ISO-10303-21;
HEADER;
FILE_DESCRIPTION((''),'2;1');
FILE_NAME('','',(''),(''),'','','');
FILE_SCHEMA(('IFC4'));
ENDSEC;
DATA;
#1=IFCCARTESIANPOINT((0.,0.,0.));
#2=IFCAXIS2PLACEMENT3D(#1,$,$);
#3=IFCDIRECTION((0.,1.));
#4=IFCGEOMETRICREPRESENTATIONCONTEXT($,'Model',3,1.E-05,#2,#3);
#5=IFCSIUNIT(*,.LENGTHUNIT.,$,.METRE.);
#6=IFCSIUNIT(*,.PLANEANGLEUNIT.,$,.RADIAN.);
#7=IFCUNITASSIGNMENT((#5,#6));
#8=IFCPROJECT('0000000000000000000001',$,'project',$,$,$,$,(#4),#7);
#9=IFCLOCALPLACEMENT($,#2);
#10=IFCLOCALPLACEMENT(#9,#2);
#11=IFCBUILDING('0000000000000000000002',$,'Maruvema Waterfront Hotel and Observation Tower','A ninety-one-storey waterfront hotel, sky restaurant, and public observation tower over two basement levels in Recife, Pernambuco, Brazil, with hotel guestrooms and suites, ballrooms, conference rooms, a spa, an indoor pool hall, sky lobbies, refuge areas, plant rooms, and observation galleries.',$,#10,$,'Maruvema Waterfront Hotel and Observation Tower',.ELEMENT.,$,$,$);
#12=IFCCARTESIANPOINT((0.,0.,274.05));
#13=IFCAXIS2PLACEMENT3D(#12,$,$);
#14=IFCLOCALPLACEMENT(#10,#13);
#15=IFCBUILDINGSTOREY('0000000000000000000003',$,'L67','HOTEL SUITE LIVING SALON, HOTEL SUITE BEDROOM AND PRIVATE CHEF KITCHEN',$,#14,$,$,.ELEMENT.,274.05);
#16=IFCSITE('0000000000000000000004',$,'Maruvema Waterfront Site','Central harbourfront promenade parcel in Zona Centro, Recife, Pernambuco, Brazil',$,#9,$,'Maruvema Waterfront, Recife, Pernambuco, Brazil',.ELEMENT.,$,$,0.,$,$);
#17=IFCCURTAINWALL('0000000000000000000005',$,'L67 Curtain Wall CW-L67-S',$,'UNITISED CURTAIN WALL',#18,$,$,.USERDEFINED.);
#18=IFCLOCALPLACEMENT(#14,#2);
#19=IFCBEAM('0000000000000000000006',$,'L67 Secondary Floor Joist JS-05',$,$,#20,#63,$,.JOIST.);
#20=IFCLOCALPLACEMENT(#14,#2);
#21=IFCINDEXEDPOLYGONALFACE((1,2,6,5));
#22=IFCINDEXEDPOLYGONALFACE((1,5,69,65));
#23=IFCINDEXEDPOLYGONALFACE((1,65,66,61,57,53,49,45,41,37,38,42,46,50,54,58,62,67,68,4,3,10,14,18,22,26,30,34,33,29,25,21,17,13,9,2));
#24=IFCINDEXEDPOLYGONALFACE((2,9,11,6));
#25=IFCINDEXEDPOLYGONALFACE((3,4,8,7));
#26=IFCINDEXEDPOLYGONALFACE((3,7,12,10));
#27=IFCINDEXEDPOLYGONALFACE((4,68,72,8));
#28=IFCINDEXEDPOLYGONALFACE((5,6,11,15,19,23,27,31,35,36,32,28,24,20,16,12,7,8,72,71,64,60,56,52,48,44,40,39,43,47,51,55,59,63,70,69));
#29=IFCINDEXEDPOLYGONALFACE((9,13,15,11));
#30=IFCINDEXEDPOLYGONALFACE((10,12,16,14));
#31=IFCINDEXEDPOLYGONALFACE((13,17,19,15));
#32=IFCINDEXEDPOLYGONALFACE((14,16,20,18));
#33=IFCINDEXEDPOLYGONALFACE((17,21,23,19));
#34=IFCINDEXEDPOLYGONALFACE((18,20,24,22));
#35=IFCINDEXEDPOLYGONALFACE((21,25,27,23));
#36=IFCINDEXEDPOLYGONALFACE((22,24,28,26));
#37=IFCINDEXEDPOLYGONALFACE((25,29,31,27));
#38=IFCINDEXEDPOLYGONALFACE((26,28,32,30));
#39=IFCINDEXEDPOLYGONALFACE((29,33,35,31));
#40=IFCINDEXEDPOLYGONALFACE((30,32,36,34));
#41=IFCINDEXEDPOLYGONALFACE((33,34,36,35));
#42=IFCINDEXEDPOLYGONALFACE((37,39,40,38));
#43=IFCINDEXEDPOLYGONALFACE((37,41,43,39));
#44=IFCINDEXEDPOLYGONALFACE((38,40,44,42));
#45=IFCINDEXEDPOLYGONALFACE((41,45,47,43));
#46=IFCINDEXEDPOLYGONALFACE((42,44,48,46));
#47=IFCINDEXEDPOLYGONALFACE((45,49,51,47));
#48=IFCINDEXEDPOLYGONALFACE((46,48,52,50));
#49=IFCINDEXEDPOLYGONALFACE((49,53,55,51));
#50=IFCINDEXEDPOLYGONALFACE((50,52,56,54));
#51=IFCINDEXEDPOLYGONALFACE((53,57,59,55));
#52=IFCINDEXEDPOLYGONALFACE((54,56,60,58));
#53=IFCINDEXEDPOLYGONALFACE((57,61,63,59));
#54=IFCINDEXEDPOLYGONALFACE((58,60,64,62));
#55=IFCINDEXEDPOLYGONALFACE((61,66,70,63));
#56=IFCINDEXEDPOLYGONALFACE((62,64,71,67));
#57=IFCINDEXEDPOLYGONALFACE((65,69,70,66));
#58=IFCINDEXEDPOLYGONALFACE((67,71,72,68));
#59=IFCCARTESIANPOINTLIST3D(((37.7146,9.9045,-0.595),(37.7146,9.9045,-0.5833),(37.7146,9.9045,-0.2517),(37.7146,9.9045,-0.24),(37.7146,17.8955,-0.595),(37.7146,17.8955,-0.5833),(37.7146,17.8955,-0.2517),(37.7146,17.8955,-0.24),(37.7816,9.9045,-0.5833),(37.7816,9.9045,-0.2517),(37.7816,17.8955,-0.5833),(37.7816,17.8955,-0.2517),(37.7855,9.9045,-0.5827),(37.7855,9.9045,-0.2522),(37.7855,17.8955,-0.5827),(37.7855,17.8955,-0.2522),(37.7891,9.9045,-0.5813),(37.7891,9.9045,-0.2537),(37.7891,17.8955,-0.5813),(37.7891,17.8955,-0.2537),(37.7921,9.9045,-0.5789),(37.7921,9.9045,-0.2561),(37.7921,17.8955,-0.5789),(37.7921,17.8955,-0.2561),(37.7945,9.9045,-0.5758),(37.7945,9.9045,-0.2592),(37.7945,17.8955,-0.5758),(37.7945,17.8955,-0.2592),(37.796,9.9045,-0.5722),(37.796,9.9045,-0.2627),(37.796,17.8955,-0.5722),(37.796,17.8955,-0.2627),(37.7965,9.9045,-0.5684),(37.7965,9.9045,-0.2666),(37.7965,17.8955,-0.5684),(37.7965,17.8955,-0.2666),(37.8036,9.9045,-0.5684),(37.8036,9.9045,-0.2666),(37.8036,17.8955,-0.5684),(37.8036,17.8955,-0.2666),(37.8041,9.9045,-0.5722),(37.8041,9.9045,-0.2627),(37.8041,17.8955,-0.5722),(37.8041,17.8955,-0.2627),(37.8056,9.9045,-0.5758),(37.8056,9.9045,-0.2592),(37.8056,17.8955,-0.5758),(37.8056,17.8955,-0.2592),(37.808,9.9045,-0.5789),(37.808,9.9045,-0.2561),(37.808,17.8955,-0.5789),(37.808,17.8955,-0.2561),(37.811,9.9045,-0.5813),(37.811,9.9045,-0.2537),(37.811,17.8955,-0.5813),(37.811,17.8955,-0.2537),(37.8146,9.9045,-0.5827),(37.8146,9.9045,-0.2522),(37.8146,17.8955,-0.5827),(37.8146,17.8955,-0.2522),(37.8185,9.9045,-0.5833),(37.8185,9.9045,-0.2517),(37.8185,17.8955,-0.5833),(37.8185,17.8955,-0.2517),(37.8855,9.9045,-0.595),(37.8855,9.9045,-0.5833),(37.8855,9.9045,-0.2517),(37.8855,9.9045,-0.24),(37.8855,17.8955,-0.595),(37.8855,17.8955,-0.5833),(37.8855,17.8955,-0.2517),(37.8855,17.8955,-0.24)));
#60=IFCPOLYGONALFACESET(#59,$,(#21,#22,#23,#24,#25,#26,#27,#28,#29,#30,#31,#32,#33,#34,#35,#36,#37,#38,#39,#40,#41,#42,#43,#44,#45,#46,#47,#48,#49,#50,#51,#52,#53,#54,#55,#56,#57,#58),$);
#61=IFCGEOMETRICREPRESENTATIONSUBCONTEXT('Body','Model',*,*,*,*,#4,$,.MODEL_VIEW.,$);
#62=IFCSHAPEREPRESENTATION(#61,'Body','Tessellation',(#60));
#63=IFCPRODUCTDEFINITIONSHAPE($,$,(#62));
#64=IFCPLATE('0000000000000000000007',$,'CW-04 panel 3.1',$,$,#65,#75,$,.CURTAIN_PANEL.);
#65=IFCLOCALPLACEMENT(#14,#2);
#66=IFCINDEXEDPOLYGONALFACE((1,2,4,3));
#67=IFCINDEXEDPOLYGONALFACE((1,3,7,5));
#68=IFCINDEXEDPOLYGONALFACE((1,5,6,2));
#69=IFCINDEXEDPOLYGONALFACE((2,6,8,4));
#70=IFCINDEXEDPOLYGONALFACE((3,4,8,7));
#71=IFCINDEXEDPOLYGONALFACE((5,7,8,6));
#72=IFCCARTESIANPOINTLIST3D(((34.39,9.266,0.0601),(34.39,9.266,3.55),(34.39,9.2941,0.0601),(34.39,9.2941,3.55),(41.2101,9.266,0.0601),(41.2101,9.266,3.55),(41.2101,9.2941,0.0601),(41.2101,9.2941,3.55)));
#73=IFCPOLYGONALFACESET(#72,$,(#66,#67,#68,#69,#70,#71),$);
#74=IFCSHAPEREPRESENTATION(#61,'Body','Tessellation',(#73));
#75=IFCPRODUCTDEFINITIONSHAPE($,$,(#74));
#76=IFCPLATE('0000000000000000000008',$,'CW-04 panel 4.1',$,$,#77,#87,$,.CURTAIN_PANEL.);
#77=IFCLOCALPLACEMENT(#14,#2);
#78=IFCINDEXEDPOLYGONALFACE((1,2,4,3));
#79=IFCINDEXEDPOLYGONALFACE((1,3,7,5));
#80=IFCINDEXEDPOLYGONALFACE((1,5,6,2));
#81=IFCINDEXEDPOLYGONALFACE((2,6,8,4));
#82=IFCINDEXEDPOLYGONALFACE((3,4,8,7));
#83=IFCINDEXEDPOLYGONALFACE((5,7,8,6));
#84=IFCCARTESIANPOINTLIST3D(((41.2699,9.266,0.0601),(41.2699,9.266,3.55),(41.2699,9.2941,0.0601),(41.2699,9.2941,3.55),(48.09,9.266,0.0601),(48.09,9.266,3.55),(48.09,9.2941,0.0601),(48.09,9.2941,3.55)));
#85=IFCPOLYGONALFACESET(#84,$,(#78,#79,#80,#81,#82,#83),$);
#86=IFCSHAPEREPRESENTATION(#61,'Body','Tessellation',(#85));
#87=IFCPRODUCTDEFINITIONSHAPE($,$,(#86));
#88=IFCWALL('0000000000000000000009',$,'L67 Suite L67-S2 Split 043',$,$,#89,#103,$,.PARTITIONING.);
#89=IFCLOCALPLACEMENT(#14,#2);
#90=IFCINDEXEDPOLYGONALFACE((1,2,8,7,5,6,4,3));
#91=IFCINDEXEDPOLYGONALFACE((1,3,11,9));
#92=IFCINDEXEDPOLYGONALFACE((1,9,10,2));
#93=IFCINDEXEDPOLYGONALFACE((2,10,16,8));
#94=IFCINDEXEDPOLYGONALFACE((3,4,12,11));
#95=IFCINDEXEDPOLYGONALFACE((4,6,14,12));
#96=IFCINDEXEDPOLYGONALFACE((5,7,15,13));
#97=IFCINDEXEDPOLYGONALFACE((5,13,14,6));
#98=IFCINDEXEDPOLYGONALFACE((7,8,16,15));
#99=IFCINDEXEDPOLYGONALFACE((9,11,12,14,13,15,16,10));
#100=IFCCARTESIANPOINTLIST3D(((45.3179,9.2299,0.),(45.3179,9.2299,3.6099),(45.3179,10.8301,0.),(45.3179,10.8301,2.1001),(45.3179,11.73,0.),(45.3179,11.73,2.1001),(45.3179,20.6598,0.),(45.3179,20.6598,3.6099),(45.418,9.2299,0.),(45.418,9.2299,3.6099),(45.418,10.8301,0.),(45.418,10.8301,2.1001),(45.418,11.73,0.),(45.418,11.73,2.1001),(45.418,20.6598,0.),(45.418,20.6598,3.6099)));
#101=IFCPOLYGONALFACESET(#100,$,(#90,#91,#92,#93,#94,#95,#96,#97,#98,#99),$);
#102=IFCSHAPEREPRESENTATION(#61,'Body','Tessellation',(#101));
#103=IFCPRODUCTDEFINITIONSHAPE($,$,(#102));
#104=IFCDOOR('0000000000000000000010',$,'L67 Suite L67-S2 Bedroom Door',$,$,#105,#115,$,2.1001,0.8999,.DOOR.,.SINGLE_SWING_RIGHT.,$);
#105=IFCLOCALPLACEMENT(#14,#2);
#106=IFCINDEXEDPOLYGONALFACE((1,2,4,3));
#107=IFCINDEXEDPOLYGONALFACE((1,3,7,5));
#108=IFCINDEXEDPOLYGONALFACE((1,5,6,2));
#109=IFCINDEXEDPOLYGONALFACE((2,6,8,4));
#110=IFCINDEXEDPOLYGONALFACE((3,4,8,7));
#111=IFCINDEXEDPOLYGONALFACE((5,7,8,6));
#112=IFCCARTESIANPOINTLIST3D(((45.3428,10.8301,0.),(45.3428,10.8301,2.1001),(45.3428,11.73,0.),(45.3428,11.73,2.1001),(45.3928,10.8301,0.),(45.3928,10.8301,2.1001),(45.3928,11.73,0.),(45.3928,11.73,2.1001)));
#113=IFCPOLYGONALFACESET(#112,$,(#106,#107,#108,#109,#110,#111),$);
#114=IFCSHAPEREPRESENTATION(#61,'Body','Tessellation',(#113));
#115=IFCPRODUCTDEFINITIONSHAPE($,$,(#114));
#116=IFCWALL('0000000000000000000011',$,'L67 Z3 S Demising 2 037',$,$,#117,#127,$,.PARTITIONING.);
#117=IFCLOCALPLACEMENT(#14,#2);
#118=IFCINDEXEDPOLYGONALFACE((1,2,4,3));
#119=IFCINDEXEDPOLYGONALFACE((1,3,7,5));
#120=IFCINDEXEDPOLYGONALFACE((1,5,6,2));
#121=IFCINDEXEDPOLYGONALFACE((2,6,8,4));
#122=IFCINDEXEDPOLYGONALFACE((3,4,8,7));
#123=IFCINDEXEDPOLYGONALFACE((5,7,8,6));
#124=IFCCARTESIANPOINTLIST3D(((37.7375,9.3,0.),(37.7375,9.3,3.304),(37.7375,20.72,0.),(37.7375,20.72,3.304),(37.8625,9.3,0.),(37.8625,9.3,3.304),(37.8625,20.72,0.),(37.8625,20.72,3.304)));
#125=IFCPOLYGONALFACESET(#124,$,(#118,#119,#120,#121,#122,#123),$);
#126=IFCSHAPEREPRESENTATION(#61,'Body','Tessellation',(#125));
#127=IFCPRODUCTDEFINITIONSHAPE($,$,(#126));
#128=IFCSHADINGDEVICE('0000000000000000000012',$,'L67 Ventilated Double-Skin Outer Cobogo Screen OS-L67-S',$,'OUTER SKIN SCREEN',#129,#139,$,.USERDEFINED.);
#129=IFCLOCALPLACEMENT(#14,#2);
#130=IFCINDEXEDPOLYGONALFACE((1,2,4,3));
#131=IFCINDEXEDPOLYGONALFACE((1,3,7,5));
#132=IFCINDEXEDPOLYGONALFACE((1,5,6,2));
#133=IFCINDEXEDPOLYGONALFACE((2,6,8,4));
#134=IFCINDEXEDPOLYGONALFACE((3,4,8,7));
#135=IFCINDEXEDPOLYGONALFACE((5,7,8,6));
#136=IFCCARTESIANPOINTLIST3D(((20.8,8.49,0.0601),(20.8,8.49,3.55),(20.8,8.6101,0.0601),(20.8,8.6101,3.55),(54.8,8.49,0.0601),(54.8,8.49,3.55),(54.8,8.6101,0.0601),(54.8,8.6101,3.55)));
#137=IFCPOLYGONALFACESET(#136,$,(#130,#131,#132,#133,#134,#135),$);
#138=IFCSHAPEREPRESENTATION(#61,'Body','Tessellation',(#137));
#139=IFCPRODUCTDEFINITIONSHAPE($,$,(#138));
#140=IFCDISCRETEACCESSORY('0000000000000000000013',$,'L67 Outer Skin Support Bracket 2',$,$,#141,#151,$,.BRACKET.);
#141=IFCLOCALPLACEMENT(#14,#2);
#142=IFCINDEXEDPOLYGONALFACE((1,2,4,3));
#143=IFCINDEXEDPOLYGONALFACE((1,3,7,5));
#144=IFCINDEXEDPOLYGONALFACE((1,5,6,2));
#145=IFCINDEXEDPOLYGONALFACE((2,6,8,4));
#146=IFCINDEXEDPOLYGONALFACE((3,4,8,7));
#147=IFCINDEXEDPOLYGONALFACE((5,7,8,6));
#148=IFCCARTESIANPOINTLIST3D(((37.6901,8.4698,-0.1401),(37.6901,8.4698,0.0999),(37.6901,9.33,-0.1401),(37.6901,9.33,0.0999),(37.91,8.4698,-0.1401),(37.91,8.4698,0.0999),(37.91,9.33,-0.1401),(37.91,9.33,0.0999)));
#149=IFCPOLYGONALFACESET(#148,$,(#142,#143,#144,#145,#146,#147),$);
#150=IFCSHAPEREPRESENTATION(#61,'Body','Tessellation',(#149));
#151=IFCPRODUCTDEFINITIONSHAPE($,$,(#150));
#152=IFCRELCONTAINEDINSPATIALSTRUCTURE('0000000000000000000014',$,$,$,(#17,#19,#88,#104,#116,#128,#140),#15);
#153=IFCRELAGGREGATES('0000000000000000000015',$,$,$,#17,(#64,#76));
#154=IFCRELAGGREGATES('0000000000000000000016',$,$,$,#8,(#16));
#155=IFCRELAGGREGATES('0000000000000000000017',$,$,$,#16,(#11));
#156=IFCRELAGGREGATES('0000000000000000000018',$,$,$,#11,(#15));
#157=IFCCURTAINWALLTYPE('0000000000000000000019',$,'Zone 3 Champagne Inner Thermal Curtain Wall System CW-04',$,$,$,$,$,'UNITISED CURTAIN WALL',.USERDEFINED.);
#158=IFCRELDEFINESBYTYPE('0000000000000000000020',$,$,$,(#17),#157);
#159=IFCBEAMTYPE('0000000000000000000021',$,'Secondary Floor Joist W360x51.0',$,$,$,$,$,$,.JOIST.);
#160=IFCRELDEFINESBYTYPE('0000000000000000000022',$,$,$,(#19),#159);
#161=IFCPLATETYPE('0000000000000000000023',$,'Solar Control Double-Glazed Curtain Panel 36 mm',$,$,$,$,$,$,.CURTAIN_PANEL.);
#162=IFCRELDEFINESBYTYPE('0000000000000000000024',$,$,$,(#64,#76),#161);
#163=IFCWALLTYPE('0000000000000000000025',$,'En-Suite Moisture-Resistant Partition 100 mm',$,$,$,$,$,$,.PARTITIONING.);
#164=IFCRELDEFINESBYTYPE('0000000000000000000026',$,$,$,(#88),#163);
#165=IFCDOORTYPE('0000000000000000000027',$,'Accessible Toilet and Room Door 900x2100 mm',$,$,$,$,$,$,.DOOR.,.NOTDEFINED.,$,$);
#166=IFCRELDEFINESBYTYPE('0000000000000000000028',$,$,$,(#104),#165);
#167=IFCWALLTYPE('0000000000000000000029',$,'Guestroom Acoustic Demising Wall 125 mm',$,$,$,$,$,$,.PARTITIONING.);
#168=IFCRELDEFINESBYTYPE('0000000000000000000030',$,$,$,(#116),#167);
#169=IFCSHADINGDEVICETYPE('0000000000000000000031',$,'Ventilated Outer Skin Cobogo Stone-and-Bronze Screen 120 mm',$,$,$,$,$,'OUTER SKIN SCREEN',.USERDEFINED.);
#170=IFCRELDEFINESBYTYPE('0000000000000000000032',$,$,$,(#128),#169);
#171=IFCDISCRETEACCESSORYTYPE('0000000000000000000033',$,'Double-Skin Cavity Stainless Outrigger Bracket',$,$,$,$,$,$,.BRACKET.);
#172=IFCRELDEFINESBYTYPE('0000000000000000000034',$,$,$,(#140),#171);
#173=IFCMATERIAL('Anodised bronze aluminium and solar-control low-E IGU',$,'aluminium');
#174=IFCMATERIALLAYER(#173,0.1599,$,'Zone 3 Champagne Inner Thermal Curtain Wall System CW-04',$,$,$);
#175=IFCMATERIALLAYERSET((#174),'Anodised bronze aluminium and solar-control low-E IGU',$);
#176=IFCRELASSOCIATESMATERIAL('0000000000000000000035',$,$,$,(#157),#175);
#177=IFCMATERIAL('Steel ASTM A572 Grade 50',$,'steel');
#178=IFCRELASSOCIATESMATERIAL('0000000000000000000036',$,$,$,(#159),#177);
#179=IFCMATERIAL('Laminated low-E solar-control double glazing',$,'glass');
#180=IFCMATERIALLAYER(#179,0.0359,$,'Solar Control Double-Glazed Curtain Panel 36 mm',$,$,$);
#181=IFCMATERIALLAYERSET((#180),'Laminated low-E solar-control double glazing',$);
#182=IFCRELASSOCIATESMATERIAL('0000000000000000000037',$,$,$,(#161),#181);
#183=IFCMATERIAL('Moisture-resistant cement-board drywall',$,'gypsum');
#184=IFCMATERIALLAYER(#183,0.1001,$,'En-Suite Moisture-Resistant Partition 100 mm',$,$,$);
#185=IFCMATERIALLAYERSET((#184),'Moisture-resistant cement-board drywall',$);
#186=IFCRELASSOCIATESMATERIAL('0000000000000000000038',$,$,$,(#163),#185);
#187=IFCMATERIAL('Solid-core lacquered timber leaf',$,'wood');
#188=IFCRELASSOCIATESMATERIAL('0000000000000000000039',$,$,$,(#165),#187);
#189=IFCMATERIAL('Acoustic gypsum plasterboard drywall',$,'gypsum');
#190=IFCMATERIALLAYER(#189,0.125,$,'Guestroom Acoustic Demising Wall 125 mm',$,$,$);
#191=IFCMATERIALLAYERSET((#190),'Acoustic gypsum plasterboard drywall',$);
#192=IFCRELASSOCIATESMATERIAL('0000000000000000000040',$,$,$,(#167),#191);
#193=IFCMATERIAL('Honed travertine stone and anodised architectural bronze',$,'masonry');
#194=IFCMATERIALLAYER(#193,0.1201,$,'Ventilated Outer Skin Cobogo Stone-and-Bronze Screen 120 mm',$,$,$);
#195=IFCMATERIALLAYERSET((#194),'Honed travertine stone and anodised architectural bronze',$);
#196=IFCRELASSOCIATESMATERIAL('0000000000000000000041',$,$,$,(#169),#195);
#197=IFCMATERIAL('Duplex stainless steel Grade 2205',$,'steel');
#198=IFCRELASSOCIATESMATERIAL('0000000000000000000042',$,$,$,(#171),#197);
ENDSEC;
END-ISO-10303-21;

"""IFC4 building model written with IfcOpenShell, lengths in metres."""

from ifc_helpers import new_model, si_unit, direction, frame, frame_2d, origin, origin_2d, place, context, subcontext, project, spatial, rectangle, i_section, extrude, material, layer, layer_set, material_profile, profile_set, type_object, element, fill, aggregate, save


model = new_model("IFC4")

# Units and contexts
model_context = context("Model", 3, precision=1e-05, world=origin(), true_north=direction((0.0, 1.0)))
body_context = subcontext(model_context, "Body", "Model", "MODEL_VIEW")
ifc_project = project(units=[si_unit("LENGTHUNIT", "METRE"), si_unit("PLANEANGLEUNIT", "RADIAN")], contexts=[model_context])

# Site, building, storey
site_placement = place(None, origin())
site = spatial("IfcSite", under=ifc_project, at=site_placement, Name="Maruvema Waterfront Site", Description="Central harbourfront promenade parcel in Zona Centro, Recife, Pernambuco, Brazil", LongName="Maruvema Waterfront, Recife, Pernambuco, Brazil", CompositionType="ELEMENT", RefElevation=0.0)
building_placement = place(site_placement, origin())
building = spatial("IfcBuilding", under=site, at=building_placement, Name="Maruvema Waterfront Hotel and Observation Tower", Description="A ninety-one-storey waterfront hotel, sky restaurant, and public observation tower over two basement levels in Recife, Pernambuco, Brazil, with hotel guestrooms and suites, ballrooms, conference rooms, a spa, an indoor pool hall, sky lobbies, refuge areas, plant rooms, and observation galleries.", LongName="Maruvema Waterfront Hotel and Observation Tower", CompositionType="ELEMENT")
storey_placement = place(building_placement, frame((0.0, 0.0, 274.05)))
storey = spatial("IfcBuildingStorey", under=building, at=storey_placement, Name="L67", Description="HOTEL SUITE LIVING SALON, HOTEL SUITE BEDROOM AND PRIVATE CHEF KITCHEN", CompositionType="ELEMENT", Elevation=274.05)

# Curtain wall
ifc_material_1 = material(Name="Anodised bronze aluminium and solar-control low-E IGU", Category="aluminium")
ifc_layer_1 = layer(ifc_material_1, 0.1599, Name="Zone 3 Champagne Inner Thermal Curtain Wall System CW-04")
ifc_layer_set_1 = layer_set([ifc_layer_1], Name="Anodised bronze aluminium and solar-control low-E IGU")
curtain_wall_type = type_object("IfcCurtainWallType", Name="Zone 3 Champagne Inner Thermal Curtain Wall System CW-04", ElementType="UNITISED CURTAIN WALL", PredefinedType="USERDEFINED", material=ifc_layer_set_1)
curtain_wall_placement = place(storey_placement, origin())
curtain_wall = element("IfcCurtainWall", 1, at=curtain_wall_placement, inside=storey, type_object=curtain_wall_type, Name="L67 Curtain Wall CW-L67-S", ObjectType="UNITISED CURTAIN WALL", PredefinedType="USERDEFINED")

# Beam
ifc_material_2 = material(Name="Steel ASTM A572 Grade 50", Category="steel")
ifc_material_profile_1 = material_profile(ifc_material_2, i_section(OverallWidth=0.1709, OverallDepth=0.355, WebThickness=0.0071, FlangeThickness=0.0117, FilletRadius=0.0149, at=origin_2d()), Name="W360x51.0")
ifc_profile_set_1 = profile_set([ifc_material_profile_1], Name="Steel ASTM A572 Grade 50")
beam_type_1 = type_object("IfcBeamType", Name="Secondary Floor Joist W360x51.0", PredefinedType="JOIST", material=ifc_profile_set_1)
beam_1_placement = place(storey_placement, frame((37.8, 9.9045, -0.4175), z_axis=(0.0, 1.0, 0.0), x_axis=(-1.0, 0.0, 0.0)))
element("IfcBeam", 2, at=beam_1_placement, inside=storey, type_object=beam_type_1, Name="L67 Secondary Floor Joist JS-05", PredefinedType="JOIST", context=body_context, shape_type="SweptSolid", body=[
    extrude(i_section(OverallWidth=0.1709, OverallDepth=0.355, WebThickness=0.0071, FlangeThickness=0.0117, FilletRadius=0.0149, at=origin_2d()), origin(), (0.0, 0.0, 1.0), 7.991),
])

# Plates
ifc_material_3 = material(Name="Laminated low-E solar-control double glazing", Category="glass")
ifc_layer_2 = layer(ifc_material_3, 0.0359, Name="Solar Control Double-Glazed Curtain Panel 36 mm")
ifc_layer_set_2 = layer_set([ifc_layer_2], Name="Laminated low-E solar-control double glazing")
plate_type = type_object("IfcPlateType", Name="Solar Control Double-Glazed Curtain Panel 36 mm", PredefinedType="CURTAIN_PANEL", material=ifc_layer_set_2)
plate_1_placement = place(storey_placement, frame((37.8, 9.28, 0.0601), z_axis=(0.0, 0.0, 1.0), x_axis=(1.0, 0.0, 0.0)))
plate_1 = element("IfcPlate", 3, at=plate_1_placement, type_object=plate_type, Name="CW-04 panel 3.1", PredefinedType="CURTAIN_PANEL", context=body_context, shape_type="SweptSolid", body=[
    extrude(rectangle(XDim=6.8201, YDim=0.0281, at=origin_2d()), origin(), (0.0, 0.0, 1.0), 3.49),
])
plate_2_placement = place(storey_placement, frame((44.6799, 9.28, 0.0601), z_axis=(0.0, 0.0, 1.0), x_axis=(1.0, 0.0, 0.0)))
plate_2 = element("IfcPlate", 4, at=plate_2_placement, type_object=plate_type, Name="CW-04 panel 4.1", PredefinedType="CURTAIN_PANEL", context=body_context, shape_type="SweptSolid", body=[
    extrude(rectangle(XDim=6.8201, YDim=0.0281, at=origin_2d()), origin(), (0.0, 0.0, 1.0), 3.49),
])
aggregate(curtain_wall, [plate_1, plate_2])

# Wall, opening, door
ifc_material_4 = material(Name="Moisture-resistant cement-board drywall", Category="gypsum")
ifc_layer_3 = layer(ifc_material_4, 0.1001, Name="En-Suite Moisture-Resistant Partition 100 mm")
ifc_layer_set_3 = layer_set([ifc_layer_3], Name="Moisture-resistant cement-board drywall")
wall_type_1 = type_object("IfcWallType", Name="En-Suite Moisture-Resistant Partition 100 mm", PredefinedType="PARTITIONING", material=ifc_layer_set_3)
wall_1_placement = place(storey_placement, frame((45.3679, 9.23, 0.0), z_axis=(0.0, 0.0, 1.0), x_axis=(0.0, 1.0, 0.0)))
wall_1 = element("IfcWall", 5, at=wall_1_placement, inside=storey, type_object=wall_type_1, Name="L67 Suite L67-S2 Split 043", PredefinedType="PARTITIONING", context=body_context, shape_type="SweptSolid", body=[
    extrude(rectangle(XDim=11.4299, YDim=0.1001, at=frame_2d((5.7148, 0.0))), origin(), (0.0, 0.0, 1.0), 3.6099),
])
opening_placement = place(wall_1_placement, frame((1.6001, 0.0, 0.0)))
opening = element("IfcOpeningElement", 6, at=opening_placement, cuts=wall_1, PredefinedType="OPENING", context=body_context, shape_type="SweptSolid", body=[
    extrude(rectangle(XDim=0.8999, YDim=2.1001, at=frame_2d((0.45, 1.05))), frame((0.0, 0.0601, 0.0), z_axis=(0.0, -1.0, 0.0), x_axis=(1.0, 0.0, 0.0)), (0.0, 0.0, 1.0), 0.1201),
])
ifc_material_5 = material(Name="Solid-core lacquered timber leaf", Category="wood")
door_type = type_object("IfcDoorType", Name="Accessible Toilet and Room Door 900x2100 mm", OperationType="NOTDEFINED", PredefinedType="DOOR", material=ifc_material_5)
door_placement = place(opening_placement, frame((0.8999, 0.0, 0.0), z_axis=(0.0, 0.0, 1.0), x_axis=(-1.0, 0.0, 0.0)))
door = element("IfcDoor", 7, at=door_placement, inside=storey, type_object=door_type, Name="L67 Suite L67-S2 Bedroom Door", OperationType="SINGLE_SWING_RIGHT", OverallHeight=2.1001, OverallWidth=0.8999, PredefinedType="DOOR", context=body_context, shape_type="SweptSolid", body=[
    extrude(rectangle(XDim=0.8999, YDim=2.1001, at=frame_2d((0.45, 1.05))), frame((0.0, 0.0249, 0.0), z_axis=(0.0, -1.0, 0.0), x_axis=(1.0, 0.0, 0.0)), (0.0, 0.0, 1.0), 0.05),
])
fill(opening, door)

# Wall
ifc_material_6 = material(Name="Acoustic gypsum plasterboard drywall", Category="gypsum")
ifc_layer_4 = layer(ifc_material_6, 0.125, Name="Guestroom Acoustic Demising Wall 125 mm")
ifc_layer_set_4 = layer_set([ifc_layer_4], Name="Acoustic gypsum plasterboard drywall")
wall_type_2 = type_object("IfcWallType", Name="Guestroom Acoustic Demising Wall 125 mm", PredefinedType="PARTITIONING", material=ifc_layer_set_4)
wall_2_placement = place(storey_placement, frame((37.8, 9.3, 0.0), z_axis=(0.0, 0.0, 1.0), x_axis=(0.0, 1.0, 0.0)))
element("IfcWall", 8, at=wall_2_placement, inside=storey, type_object=wall_type_2, Name="L67 Z3 S Demising 2 037", PredefinedType="PARTITIONING", context=body_context, shape_type="SweptSolid", body=[
    extrude(rectangle(XDim=11.4199, YDim=0.125, at=frame_2d((5.71, 0.0))), origin(), (0.0, 0.0, 1.0), 3.304),
])

# Shading device
ifc_material_7 = material(Name="Honed travertine stone and anodised architectural bronze", Category="masonry")
ifc_layer_5 = layer(ifc_material_7, 0.1201, Name="Ventilated Outer Skin Cobogo Stone-and-Bronze Screen 120 mm")
ifc_layer_set_5 = layer_set([ifc_layer_5], Name="Honed travertine stone and anodised architectural bronze")
shading_device_type = type_object("IfcShadingDeviceType", Name="Ventilated Outer Skin Cobogo Stone-and-Bronze Screen 120 mm", ElementType="OUTER SKIN SCREEN", PredefinedType="USERDEFINED", material=ifc_layer_set_5)
shading_device_placement = place(storey_placement, frame((37.8, 8.55, 0.0601), z_axis=(0.0, 0.0, 1.0), x_axis=(1.0, 0.0, 0.0)))
element("IfcShadingDevice", 9, at=shading_device_placement, inside=storey, type_object=shading_device_type, Name="L67 Ventilated Double-Skin Outer Cobogo Screen OS-L67-S", ObjectType="OUTER SKIN SCREEN", PredefinedType="USERDEFINED", context=body_context, shape_type="SweptSolid", body=[
    extrude(rectangle(XDim=34.0, YDim=0.1201, at=origin_2d()), origin(), (0.0, 0.0, 1.0), 3.49),
])

# Discrete accessory
ifc_material_8 = material(Name="Duplex stainless steel Grade 2205", Category="steel")
discrete_accessory_type = type_object("IfcDiscreteAccessoryType", Name="Double-Skin Cavity Stainless Outrigger Bracket", PredefinedType="BRACKET", material=ifc_material_8)
discrete_accessory_placement = place(storey_placement, frame((37.8, 8.8999, -0.1401), z_axis=(0.0, 0.0, 1.0), x_axis=(1.0, 0.0, 0.0)))
element("IfcDiscreteAccessory", 10, at=discrete_accessory_placement, inside=storey, type_object=discrete_accessory_type, Name="L67 Outer Skin Support Bracket 2", PredefinedType="BRACKET", context=body_context, shape_type="SweptSolid", body=[
    extrude(rectangle(XDim=0.22, YDim=0.8601, at=origin_2d()), origin(), (0.0, 0.0, 1.0), 0.24),
])

save(model, "model.ifc")
